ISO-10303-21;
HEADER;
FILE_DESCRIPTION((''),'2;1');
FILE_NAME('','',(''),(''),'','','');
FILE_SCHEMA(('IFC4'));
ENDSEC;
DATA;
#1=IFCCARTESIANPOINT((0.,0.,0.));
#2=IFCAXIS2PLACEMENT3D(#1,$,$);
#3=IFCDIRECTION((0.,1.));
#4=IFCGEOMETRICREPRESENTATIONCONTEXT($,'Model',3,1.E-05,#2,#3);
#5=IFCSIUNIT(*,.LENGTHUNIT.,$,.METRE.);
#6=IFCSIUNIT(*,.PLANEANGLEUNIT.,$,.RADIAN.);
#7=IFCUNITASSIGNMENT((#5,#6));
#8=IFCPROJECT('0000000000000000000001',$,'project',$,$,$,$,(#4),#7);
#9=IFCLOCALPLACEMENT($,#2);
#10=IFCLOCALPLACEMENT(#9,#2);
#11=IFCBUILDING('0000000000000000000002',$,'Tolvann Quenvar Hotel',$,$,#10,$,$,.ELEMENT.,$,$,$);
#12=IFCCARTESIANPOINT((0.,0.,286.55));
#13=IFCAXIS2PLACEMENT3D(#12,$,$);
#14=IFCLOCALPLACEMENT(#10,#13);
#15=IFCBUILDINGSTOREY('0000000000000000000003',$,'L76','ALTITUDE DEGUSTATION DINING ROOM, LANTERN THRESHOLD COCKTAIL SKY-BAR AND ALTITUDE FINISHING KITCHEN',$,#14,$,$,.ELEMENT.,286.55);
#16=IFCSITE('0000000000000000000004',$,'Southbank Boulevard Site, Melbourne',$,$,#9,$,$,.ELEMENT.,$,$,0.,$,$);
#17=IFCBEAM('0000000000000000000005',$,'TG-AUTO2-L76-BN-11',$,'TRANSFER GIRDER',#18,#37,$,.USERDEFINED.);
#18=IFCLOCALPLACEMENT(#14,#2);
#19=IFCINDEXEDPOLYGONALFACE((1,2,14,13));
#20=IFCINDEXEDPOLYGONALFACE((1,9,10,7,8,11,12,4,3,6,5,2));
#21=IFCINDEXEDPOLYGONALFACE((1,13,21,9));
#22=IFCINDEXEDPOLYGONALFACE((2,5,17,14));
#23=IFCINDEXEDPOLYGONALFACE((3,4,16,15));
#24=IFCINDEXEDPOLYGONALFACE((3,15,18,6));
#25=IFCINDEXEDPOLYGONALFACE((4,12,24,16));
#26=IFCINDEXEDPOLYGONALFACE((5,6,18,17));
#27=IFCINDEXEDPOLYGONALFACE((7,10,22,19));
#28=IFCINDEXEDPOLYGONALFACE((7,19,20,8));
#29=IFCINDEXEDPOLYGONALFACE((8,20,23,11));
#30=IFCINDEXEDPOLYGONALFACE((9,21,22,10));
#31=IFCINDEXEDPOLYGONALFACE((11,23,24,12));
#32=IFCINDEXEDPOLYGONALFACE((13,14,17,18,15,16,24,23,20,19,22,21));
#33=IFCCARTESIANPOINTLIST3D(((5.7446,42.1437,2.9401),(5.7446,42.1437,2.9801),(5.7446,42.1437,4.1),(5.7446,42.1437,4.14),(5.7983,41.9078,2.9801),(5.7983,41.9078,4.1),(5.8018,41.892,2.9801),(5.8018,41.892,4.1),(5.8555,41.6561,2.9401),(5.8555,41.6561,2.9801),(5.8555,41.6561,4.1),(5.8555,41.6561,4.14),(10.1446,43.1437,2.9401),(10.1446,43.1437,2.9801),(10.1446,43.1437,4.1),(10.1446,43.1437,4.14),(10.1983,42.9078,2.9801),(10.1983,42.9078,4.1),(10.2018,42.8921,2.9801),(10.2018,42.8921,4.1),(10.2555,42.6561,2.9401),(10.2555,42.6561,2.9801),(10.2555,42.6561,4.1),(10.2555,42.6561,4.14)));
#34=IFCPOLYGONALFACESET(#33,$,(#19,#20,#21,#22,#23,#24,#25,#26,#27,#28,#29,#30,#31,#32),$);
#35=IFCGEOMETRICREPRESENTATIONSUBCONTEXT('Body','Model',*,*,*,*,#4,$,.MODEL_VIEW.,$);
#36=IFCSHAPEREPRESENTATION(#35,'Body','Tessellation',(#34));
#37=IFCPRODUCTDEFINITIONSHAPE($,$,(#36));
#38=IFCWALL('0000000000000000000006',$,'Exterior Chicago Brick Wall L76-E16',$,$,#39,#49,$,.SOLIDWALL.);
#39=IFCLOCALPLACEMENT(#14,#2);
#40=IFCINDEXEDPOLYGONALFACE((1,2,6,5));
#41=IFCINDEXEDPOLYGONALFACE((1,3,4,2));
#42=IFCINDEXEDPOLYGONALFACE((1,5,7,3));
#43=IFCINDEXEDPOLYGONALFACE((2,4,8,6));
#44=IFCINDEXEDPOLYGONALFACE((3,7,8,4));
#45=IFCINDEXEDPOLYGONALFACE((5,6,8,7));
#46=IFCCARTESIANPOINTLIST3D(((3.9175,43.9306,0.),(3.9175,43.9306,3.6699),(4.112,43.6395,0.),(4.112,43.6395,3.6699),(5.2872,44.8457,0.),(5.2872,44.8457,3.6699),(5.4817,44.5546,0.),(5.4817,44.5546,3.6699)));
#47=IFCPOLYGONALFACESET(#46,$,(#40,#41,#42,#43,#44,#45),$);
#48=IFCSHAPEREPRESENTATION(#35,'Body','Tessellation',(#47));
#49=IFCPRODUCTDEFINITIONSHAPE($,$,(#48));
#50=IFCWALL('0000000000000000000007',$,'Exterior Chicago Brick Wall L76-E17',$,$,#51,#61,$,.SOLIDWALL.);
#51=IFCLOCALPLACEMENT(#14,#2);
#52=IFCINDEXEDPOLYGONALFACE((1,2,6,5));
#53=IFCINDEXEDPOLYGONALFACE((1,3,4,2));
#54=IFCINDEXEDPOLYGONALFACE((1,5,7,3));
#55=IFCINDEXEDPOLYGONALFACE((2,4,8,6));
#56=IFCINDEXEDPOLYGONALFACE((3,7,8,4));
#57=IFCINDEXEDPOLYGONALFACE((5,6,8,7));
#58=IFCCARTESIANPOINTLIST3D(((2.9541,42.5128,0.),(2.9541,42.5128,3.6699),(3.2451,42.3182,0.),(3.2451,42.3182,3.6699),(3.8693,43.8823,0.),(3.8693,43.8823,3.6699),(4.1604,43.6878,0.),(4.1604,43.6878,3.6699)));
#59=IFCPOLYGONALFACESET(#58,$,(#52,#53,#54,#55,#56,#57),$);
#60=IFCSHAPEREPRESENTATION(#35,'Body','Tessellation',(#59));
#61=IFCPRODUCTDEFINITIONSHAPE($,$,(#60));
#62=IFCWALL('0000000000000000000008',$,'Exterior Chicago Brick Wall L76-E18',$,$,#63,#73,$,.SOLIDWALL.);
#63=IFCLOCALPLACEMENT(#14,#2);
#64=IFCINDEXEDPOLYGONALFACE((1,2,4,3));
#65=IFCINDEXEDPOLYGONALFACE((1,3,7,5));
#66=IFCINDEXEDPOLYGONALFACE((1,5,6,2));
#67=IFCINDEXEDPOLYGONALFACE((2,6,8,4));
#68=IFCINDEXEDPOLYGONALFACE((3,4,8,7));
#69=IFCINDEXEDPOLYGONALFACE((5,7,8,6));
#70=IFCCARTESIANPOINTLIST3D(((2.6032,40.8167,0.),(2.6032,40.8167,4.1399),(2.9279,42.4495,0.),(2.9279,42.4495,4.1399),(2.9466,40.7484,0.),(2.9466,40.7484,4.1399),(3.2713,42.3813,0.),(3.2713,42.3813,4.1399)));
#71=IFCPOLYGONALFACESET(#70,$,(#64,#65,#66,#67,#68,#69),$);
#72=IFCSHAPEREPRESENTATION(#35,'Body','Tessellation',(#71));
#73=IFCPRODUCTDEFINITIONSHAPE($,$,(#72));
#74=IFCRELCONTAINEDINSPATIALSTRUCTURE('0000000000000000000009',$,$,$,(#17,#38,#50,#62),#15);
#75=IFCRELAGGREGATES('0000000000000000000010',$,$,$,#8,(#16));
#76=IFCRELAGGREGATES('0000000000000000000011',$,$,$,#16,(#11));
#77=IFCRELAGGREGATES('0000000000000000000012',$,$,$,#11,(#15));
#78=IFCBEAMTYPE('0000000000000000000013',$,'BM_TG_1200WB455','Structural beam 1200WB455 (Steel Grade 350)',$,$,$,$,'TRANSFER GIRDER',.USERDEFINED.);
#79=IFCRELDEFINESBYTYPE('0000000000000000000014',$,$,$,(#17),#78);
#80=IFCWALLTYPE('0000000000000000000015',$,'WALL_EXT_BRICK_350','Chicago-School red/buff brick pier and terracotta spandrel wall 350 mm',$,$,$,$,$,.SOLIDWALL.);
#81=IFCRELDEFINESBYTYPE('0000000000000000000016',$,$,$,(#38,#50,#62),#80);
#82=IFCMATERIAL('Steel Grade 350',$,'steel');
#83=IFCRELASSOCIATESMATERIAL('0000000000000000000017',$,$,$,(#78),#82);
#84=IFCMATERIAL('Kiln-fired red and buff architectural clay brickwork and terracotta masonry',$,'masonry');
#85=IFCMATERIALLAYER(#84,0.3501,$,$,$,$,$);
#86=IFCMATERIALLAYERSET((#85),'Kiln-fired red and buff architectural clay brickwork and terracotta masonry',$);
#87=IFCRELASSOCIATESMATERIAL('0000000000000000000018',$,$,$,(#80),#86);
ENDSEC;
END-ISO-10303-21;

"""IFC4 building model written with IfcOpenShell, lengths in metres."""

from ifc_helpers import new_model, si_unit, direction, frame, frame_2d, origin, origin_2d, place, context, subcontext, project, spatial, rectangle, i_section, extrude, source, transform, mapped, material, layer, layer_set, material_profile, profile_set, type_object, element, save


model = new_model("IFC4")

# Units and contexts
model_context = context("Model", 3, precision=1e-05, world=origin(), true_north=direction((0.0, 1.0)))
body_context = subcontext(model_context, "Body", "Model", "MODEL_VIEW")
ifc_project = project(units=[si_unit("LENGTHUNIT", "METRE"), si_unit("PLANEANGLEUNIT", "RADIAN")], contexts=[model_context])

# Site, building, storey
site_placement = place(None, origin())
site = spatial("IfcSite", under=ifc_project, at=site_placement, Name="Southbank Boulevard Site, Melbourne", CompositionType="ELEMENT", RefElevation=0.0)
building_placement = place(site_placement, origin())
building = spatial("IfcBuilding", under=site, at=building_placement, Name="Tolvann Quenvar Hotel", CompositionType="ELEMENT")
storey_placement = place(building_placement, frame((0.0, 0.0, 286.55)))
storey = spatial("IfcBuildingStorey", under=building, at=storey_placement, Name="L76", Description="ALTITUDE DEGUSTATION DINING ROOM, LANTERN THRESHOLD COCKTAIL SKY-BAR AND ALTITUDE FINISHING KITCHEN", CompositionType="ELEMENT", Elevation=286.55)

# Shared definitions
ifc_material_1 = material(Name="Steel Grade 350", Category="steel")

# Beam
ifc_material_profile_1 = material_profile(ifc_material_1, i_section(OverallWidth=0.5, OverallDepth=1.2, WebThickness=0.0161, FlangeThickness=0.04, at=origin_2d()), Name="1200WB455")
ifc_profile_set_1 = profile_set([ifc_material_profile_1], Name="Steel Grade 350")
beam_type_1 = type_object("IfcBeamType", Name="BM_TG_1200WB455", Description="Structural beam 1200WB455 (Steel Grade 350)", ElementType="TRANSFER GIRDER", PredefinedType="USERDEFINED", material=ifc_profile_set_1)
shared_shape_1 = source(origin(), body_context, "Body", "SweptSolid", [
    extrude(i_section(OverallWidth=0.5, OverallDepth=1.2, WebThickness=0.0161, FlangeThickness=0.04, at=origin_2d()), origin(), (0.0, 0.0, 1.0), 4.5122),
])
beam_1_placement = place(storey_placement, frame((5.8, 41.8999, 3.54), z_axis=(0.975132, 0.221626, 0.0), x_axis=(-0.221626, 0.975132, 0.0)))
element("IfcBeam", 1, at=beam_1_placement, inside=storey, type_object=beam_type_1, Name="TG-AUTO2-L76-BN-11", ObjectType="TRANSFER GIRDER", PredefinedType="USERDEFINED", context=body_context, shape_type="MappedRepresentation", body=[
    mapped(shared_shape_1, transform((0.0, 0.0, 0.0), x_axis=(1.0, 0.0, 0.0), y_axis=(0.0, 1.0, 0.0), z_axis=(0.0, 0.0, 1.0), scale=1.0)),
])

# Walls
ifc_material_2 = material(Name="Kiln-fired red and buff architectural clay brickwork and terracotta masonry", Category="masonry")
ifc_layer_1 = layer(ifc_material_2, 0.3501)
ifc_layer_set_1 = layer_set([ifc_layer_1], Name="Kiln-fired red and buff architectural clay brickwork and terracotta masonry")
wall_type_1 = type_object("IfcWallType", Name="WALL_EXT_BRICK_350", Description="Chicago-School red/buff brick pier and terracotta spandrel wall 350 mm", PredefinedType="SOLIDWALL", material=ifc_layer_set_1)
for number, where, z_axis, x_axis, name in (
    (2, (5.3845, 44.7002, 0.0), (0.0, 0.0, 1.0), (-0.831503, -0.555521, 0.0), "Exterior Chicago Brick Wall L76-E16"),
    (3, (4.0149, 43.7852, 0.0), (0.0, 0.0, 1.0), (-0.555623, -0.831434, 0.0), "Exterior Chicago Brick Wall L76-E17"),
):
    element("IfcWall", number, at=place(storey_placement, frame(where, z_axis=z_axis, x_axis=x_axis)), inside=storey, type_object=wall_type_1, Name=name, PredefinedType="SOLIDWALL", context=body_context, shape_type="SweptSolid", body=[
        extrude(rectangle(XDim=1.6472, YDim=0.3501, at=frame_2d((0.8237, 0.0))), origin(), (0.0, 0.0, 1.0), 3.6699),
    ])
wall_1_placement = place(storey_placement, frame((3.0996, 42.4155, 0.0), z_axis=(0.0, 0.0, 1.0), x_axis=(-0.195044, -0.980794, 0.0)))
element("IfcWall", 4, at=wall_1_placement, inside=storey, type_object=wall_type_1, Name="Exterior Chicago Brick Wall L76-E18", PredefinedType="SOLIDWALL", context=body_context, shape_type="SweptSolid", body=[
    extrude(rectangle(XDim=1.6648, YDim=0.3501, at=frame_2d((0.8325, 0.0))), origin(), (0.0, 0.0, 1.0), 4.1399),
])

save(model, "model.ifc")
